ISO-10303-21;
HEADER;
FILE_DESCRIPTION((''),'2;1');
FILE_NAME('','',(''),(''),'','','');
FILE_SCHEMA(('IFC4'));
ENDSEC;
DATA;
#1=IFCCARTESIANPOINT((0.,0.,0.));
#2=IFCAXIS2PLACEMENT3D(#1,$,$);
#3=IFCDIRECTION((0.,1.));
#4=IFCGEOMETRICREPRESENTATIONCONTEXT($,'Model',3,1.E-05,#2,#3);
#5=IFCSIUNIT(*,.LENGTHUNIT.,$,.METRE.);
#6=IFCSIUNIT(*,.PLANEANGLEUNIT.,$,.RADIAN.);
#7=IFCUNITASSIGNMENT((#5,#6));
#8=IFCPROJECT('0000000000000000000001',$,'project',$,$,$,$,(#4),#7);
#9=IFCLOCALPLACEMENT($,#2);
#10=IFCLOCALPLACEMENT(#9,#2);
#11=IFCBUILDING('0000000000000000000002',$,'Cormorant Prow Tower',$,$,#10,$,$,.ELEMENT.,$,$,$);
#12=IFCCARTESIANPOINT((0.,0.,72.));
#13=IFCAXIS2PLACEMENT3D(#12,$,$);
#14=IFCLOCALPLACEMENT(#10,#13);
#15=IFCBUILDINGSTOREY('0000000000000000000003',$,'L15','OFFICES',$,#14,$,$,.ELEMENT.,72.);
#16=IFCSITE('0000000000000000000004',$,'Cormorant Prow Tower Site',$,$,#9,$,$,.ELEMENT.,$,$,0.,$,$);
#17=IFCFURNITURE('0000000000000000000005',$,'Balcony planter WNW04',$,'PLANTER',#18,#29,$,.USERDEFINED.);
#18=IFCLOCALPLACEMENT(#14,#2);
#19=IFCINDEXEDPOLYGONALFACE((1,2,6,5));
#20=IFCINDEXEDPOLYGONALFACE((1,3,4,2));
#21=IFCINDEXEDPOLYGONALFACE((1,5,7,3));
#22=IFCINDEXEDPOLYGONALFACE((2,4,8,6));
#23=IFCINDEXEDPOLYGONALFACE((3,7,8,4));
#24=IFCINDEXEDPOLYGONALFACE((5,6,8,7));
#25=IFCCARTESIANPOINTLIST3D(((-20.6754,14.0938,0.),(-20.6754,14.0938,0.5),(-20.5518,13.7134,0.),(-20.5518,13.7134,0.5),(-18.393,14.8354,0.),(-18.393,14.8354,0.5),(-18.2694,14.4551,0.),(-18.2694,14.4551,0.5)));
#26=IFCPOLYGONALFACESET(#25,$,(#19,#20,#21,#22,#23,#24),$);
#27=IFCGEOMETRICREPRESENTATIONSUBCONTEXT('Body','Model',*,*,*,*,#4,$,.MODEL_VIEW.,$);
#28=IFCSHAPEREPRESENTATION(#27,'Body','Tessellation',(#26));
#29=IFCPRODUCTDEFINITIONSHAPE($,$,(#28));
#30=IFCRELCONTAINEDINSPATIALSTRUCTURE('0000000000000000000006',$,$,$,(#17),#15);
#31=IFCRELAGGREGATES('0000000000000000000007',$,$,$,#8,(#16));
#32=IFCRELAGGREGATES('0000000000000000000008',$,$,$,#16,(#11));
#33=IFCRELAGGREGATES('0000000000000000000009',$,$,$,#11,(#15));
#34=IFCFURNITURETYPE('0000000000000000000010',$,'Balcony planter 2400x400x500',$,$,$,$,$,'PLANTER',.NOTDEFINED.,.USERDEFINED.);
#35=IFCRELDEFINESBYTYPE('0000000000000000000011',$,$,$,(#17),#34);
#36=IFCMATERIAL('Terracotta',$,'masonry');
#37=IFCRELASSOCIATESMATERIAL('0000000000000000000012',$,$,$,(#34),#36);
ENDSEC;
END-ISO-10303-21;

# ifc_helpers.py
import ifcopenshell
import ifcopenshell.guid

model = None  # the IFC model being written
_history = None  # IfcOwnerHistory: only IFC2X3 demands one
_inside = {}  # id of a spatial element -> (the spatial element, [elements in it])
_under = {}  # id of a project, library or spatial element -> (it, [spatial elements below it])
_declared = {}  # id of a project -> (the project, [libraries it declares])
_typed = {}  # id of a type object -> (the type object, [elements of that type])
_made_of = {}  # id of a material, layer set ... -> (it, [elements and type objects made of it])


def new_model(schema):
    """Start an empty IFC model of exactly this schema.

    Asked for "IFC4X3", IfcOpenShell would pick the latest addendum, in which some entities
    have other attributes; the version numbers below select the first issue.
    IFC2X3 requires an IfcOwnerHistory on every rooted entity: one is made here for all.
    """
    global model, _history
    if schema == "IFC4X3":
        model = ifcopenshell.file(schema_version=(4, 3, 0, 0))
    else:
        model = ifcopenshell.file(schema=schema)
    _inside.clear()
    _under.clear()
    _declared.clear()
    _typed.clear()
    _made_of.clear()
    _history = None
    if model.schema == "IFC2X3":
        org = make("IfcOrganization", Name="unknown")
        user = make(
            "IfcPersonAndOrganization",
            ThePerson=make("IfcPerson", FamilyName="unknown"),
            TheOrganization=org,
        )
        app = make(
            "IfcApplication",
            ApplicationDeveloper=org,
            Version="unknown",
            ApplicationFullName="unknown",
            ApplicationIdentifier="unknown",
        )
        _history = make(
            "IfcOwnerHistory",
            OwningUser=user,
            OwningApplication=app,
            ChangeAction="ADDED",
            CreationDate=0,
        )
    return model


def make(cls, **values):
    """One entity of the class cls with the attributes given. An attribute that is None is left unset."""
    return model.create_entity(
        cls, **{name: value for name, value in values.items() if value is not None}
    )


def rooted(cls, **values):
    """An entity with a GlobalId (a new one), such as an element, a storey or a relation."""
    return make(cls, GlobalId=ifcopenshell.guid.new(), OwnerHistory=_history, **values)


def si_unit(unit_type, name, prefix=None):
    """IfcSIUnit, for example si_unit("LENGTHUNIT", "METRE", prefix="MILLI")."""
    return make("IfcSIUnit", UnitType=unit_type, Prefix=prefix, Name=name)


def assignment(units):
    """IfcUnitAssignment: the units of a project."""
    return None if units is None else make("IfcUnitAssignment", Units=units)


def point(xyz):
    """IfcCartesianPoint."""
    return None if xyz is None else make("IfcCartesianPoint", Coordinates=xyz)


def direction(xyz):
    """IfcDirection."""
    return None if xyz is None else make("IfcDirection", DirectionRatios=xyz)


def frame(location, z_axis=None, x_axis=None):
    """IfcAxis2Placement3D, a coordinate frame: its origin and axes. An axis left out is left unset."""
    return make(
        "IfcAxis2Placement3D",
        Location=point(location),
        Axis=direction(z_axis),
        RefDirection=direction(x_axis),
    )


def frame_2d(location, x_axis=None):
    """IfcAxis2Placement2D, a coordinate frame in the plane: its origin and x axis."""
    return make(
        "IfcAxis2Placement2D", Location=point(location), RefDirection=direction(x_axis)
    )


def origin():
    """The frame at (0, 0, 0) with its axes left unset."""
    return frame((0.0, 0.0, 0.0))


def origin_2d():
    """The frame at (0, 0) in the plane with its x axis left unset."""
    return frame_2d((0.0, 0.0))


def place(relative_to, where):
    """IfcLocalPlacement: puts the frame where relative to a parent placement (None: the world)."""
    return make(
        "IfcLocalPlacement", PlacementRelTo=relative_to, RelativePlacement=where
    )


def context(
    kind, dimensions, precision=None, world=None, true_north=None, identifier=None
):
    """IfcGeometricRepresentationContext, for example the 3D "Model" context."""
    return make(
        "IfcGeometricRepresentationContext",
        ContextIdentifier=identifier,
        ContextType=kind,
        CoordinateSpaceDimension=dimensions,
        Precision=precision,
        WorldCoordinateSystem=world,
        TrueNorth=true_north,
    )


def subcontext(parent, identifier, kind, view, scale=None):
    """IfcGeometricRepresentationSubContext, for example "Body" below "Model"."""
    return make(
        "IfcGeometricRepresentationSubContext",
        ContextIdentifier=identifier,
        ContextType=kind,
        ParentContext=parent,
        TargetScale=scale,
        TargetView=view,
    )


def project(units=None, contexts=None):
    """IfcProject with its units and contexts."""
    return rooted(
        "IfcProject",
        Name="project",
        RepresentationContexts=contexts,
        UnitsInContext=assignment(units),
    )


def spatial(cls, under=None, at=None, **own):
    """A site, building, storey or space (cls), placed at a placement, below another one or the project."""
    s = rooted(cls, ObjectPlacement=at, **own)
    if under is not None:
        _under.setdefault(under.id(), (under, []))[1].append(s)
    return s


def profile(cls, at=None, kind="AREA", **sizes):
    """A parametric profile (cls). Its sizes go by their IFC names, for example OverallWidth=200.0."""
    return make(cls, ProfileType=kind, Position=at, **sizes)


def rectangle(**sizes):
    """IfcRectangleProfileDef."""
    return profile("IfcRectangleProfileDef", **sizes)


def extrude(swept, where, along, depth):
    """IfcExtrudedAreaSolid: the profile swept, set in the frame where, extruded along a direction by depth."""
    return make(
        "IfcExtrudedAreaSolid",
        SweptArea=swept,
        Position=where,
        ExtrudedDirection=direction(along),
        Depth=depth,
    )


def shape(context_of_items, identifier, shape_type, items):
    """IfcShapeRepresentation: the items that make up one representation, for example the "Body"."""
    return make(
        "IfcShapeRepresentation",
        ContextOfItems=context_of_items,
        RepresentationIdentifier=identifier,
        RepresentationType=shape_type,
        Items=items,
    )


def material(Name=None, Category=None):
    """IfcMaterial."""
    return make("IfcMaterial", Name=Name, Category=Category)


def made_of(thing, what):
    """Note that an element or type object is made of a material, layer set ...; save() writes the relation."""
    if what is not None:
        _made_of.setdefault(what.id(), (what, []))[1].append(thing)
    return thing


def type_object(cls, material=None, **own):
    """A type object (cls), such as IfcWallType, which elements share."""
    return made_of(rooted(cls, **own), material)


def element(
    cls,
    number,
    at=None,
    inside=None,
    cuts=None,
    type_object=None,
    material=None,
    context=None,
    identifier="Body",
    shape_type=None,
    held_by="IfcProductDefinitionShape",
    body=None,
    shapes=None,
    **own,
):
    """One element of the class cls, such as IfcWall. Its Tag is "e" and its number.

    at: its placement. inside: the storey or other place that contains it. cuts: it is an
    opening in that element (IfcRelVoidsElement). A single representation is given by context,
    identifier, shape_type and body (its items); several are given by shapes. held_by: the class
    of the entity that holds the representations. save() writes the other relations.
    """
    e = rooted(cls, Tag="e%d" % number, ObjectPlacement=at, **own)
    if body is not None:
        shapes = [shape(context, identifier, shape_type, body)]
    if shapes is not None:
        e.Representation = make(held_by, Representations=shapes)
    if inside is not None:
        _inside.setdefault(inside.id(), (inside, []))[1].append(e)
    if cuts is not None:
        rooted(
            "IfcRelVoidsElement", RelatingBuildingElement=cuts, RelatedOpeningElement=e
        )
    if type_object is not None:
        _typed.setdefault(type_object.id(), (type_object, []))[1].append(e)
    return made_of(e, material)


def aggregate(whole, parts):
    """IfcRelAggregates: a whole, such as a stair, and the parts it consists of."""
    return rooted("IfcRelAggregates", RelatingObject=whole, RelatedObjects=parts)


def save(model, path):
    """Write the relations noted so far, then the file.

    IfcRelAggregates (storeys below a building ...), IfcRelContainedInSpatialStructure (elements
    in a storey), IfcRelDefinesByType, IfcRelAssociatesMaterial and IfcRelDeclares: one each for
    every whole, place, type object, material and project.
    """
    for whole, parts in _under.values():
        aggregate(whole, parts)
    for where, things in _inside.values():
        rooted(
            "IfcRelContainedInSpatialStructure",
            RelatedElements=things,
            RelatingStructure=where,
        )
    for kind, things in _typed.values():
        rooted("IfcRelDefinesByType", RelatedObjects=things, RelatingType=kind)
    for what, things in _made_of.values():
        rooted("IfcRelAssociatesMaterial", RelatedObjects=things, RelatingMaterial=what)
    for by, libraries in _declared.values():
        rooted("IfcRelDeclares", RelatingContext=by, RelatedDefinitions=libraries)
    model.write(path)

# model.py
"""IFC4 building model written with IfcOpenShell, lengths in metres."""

from ifc_helpers import new_model, si_unit, direction, frame, origin, origin_2d, place, context, subcontext, project, spatial, rectangle, extrude, material, type_object, element, save


model = new_model("IFC4")

# Units and contexts
model_context = context("Model", 3, precision=1e-05, world=origin(), true_north=direction((0.0, 1.0)))
body_context = subcontext(model_context, "Body", "Model", "MODEL_VIEW")
ifc_project = project(units=[si_unit("LENGTHUNIT", "METRE"), si_unit("PLANEANGLEUNIT", "RADIAN")], contexts=[model_context])

# Site, building, storey
site_placement = place(None, origin())
site = spatial("IfcSite", under=ifc_project, at=site_placement, Name="Cormorant Prow Tower Site", CompositionType="ELEMENT", RefElevation=0.0)
building_placement = place(site_placement, origin())
building = spatial("IfcBuilding", under=site, at=building_placement, Name="Cormorant Prow Tower", CompositionType="ELEMENT")
storey_placement = place(building_placement, frame((0.0, 0.0, 72.0)))
storey = spatial("IfcBuildingStorey", under=building, at=storey_placement, Name="L15", Description="OFFICES", CompositionType="ELEMENT", Elevation=72.0)

# Furniture
ifc_material_1 = material(Name="Terracotta", Category="masonry")
furniture_type = type_object("IfcFurnitureType", Name="Balcony planter 2400x400x500", ElementType="PLANTER", AssemblyPlace="NOTDEFINED", PredefinedType="USERDEFINED", material=ifc_material_1)
furniture_placement = place(storey_placement, frame((-19.4724, 14.2744, 0.0), z_axis=(0.0, 0.0, 1.0), x_axis=(-0.951057, -0.309017, 0.0)))
element("IfcFurniture", 1, at=furniture_placement, inside=storey, type_object=furniture_type, Name="Balcony planter WNW04", ObjectType="PLANTER", PredefinedType="USERDEFINED", context=body_context, shape_type="SweptSolid", body=[
    extrude(rectangle(XDim=2.3999, YDim=0.3999, at=origin_2d()), origin(), (0.0, 0.0, 1.0), 0.5),
])

save(model, "model.ifc")
